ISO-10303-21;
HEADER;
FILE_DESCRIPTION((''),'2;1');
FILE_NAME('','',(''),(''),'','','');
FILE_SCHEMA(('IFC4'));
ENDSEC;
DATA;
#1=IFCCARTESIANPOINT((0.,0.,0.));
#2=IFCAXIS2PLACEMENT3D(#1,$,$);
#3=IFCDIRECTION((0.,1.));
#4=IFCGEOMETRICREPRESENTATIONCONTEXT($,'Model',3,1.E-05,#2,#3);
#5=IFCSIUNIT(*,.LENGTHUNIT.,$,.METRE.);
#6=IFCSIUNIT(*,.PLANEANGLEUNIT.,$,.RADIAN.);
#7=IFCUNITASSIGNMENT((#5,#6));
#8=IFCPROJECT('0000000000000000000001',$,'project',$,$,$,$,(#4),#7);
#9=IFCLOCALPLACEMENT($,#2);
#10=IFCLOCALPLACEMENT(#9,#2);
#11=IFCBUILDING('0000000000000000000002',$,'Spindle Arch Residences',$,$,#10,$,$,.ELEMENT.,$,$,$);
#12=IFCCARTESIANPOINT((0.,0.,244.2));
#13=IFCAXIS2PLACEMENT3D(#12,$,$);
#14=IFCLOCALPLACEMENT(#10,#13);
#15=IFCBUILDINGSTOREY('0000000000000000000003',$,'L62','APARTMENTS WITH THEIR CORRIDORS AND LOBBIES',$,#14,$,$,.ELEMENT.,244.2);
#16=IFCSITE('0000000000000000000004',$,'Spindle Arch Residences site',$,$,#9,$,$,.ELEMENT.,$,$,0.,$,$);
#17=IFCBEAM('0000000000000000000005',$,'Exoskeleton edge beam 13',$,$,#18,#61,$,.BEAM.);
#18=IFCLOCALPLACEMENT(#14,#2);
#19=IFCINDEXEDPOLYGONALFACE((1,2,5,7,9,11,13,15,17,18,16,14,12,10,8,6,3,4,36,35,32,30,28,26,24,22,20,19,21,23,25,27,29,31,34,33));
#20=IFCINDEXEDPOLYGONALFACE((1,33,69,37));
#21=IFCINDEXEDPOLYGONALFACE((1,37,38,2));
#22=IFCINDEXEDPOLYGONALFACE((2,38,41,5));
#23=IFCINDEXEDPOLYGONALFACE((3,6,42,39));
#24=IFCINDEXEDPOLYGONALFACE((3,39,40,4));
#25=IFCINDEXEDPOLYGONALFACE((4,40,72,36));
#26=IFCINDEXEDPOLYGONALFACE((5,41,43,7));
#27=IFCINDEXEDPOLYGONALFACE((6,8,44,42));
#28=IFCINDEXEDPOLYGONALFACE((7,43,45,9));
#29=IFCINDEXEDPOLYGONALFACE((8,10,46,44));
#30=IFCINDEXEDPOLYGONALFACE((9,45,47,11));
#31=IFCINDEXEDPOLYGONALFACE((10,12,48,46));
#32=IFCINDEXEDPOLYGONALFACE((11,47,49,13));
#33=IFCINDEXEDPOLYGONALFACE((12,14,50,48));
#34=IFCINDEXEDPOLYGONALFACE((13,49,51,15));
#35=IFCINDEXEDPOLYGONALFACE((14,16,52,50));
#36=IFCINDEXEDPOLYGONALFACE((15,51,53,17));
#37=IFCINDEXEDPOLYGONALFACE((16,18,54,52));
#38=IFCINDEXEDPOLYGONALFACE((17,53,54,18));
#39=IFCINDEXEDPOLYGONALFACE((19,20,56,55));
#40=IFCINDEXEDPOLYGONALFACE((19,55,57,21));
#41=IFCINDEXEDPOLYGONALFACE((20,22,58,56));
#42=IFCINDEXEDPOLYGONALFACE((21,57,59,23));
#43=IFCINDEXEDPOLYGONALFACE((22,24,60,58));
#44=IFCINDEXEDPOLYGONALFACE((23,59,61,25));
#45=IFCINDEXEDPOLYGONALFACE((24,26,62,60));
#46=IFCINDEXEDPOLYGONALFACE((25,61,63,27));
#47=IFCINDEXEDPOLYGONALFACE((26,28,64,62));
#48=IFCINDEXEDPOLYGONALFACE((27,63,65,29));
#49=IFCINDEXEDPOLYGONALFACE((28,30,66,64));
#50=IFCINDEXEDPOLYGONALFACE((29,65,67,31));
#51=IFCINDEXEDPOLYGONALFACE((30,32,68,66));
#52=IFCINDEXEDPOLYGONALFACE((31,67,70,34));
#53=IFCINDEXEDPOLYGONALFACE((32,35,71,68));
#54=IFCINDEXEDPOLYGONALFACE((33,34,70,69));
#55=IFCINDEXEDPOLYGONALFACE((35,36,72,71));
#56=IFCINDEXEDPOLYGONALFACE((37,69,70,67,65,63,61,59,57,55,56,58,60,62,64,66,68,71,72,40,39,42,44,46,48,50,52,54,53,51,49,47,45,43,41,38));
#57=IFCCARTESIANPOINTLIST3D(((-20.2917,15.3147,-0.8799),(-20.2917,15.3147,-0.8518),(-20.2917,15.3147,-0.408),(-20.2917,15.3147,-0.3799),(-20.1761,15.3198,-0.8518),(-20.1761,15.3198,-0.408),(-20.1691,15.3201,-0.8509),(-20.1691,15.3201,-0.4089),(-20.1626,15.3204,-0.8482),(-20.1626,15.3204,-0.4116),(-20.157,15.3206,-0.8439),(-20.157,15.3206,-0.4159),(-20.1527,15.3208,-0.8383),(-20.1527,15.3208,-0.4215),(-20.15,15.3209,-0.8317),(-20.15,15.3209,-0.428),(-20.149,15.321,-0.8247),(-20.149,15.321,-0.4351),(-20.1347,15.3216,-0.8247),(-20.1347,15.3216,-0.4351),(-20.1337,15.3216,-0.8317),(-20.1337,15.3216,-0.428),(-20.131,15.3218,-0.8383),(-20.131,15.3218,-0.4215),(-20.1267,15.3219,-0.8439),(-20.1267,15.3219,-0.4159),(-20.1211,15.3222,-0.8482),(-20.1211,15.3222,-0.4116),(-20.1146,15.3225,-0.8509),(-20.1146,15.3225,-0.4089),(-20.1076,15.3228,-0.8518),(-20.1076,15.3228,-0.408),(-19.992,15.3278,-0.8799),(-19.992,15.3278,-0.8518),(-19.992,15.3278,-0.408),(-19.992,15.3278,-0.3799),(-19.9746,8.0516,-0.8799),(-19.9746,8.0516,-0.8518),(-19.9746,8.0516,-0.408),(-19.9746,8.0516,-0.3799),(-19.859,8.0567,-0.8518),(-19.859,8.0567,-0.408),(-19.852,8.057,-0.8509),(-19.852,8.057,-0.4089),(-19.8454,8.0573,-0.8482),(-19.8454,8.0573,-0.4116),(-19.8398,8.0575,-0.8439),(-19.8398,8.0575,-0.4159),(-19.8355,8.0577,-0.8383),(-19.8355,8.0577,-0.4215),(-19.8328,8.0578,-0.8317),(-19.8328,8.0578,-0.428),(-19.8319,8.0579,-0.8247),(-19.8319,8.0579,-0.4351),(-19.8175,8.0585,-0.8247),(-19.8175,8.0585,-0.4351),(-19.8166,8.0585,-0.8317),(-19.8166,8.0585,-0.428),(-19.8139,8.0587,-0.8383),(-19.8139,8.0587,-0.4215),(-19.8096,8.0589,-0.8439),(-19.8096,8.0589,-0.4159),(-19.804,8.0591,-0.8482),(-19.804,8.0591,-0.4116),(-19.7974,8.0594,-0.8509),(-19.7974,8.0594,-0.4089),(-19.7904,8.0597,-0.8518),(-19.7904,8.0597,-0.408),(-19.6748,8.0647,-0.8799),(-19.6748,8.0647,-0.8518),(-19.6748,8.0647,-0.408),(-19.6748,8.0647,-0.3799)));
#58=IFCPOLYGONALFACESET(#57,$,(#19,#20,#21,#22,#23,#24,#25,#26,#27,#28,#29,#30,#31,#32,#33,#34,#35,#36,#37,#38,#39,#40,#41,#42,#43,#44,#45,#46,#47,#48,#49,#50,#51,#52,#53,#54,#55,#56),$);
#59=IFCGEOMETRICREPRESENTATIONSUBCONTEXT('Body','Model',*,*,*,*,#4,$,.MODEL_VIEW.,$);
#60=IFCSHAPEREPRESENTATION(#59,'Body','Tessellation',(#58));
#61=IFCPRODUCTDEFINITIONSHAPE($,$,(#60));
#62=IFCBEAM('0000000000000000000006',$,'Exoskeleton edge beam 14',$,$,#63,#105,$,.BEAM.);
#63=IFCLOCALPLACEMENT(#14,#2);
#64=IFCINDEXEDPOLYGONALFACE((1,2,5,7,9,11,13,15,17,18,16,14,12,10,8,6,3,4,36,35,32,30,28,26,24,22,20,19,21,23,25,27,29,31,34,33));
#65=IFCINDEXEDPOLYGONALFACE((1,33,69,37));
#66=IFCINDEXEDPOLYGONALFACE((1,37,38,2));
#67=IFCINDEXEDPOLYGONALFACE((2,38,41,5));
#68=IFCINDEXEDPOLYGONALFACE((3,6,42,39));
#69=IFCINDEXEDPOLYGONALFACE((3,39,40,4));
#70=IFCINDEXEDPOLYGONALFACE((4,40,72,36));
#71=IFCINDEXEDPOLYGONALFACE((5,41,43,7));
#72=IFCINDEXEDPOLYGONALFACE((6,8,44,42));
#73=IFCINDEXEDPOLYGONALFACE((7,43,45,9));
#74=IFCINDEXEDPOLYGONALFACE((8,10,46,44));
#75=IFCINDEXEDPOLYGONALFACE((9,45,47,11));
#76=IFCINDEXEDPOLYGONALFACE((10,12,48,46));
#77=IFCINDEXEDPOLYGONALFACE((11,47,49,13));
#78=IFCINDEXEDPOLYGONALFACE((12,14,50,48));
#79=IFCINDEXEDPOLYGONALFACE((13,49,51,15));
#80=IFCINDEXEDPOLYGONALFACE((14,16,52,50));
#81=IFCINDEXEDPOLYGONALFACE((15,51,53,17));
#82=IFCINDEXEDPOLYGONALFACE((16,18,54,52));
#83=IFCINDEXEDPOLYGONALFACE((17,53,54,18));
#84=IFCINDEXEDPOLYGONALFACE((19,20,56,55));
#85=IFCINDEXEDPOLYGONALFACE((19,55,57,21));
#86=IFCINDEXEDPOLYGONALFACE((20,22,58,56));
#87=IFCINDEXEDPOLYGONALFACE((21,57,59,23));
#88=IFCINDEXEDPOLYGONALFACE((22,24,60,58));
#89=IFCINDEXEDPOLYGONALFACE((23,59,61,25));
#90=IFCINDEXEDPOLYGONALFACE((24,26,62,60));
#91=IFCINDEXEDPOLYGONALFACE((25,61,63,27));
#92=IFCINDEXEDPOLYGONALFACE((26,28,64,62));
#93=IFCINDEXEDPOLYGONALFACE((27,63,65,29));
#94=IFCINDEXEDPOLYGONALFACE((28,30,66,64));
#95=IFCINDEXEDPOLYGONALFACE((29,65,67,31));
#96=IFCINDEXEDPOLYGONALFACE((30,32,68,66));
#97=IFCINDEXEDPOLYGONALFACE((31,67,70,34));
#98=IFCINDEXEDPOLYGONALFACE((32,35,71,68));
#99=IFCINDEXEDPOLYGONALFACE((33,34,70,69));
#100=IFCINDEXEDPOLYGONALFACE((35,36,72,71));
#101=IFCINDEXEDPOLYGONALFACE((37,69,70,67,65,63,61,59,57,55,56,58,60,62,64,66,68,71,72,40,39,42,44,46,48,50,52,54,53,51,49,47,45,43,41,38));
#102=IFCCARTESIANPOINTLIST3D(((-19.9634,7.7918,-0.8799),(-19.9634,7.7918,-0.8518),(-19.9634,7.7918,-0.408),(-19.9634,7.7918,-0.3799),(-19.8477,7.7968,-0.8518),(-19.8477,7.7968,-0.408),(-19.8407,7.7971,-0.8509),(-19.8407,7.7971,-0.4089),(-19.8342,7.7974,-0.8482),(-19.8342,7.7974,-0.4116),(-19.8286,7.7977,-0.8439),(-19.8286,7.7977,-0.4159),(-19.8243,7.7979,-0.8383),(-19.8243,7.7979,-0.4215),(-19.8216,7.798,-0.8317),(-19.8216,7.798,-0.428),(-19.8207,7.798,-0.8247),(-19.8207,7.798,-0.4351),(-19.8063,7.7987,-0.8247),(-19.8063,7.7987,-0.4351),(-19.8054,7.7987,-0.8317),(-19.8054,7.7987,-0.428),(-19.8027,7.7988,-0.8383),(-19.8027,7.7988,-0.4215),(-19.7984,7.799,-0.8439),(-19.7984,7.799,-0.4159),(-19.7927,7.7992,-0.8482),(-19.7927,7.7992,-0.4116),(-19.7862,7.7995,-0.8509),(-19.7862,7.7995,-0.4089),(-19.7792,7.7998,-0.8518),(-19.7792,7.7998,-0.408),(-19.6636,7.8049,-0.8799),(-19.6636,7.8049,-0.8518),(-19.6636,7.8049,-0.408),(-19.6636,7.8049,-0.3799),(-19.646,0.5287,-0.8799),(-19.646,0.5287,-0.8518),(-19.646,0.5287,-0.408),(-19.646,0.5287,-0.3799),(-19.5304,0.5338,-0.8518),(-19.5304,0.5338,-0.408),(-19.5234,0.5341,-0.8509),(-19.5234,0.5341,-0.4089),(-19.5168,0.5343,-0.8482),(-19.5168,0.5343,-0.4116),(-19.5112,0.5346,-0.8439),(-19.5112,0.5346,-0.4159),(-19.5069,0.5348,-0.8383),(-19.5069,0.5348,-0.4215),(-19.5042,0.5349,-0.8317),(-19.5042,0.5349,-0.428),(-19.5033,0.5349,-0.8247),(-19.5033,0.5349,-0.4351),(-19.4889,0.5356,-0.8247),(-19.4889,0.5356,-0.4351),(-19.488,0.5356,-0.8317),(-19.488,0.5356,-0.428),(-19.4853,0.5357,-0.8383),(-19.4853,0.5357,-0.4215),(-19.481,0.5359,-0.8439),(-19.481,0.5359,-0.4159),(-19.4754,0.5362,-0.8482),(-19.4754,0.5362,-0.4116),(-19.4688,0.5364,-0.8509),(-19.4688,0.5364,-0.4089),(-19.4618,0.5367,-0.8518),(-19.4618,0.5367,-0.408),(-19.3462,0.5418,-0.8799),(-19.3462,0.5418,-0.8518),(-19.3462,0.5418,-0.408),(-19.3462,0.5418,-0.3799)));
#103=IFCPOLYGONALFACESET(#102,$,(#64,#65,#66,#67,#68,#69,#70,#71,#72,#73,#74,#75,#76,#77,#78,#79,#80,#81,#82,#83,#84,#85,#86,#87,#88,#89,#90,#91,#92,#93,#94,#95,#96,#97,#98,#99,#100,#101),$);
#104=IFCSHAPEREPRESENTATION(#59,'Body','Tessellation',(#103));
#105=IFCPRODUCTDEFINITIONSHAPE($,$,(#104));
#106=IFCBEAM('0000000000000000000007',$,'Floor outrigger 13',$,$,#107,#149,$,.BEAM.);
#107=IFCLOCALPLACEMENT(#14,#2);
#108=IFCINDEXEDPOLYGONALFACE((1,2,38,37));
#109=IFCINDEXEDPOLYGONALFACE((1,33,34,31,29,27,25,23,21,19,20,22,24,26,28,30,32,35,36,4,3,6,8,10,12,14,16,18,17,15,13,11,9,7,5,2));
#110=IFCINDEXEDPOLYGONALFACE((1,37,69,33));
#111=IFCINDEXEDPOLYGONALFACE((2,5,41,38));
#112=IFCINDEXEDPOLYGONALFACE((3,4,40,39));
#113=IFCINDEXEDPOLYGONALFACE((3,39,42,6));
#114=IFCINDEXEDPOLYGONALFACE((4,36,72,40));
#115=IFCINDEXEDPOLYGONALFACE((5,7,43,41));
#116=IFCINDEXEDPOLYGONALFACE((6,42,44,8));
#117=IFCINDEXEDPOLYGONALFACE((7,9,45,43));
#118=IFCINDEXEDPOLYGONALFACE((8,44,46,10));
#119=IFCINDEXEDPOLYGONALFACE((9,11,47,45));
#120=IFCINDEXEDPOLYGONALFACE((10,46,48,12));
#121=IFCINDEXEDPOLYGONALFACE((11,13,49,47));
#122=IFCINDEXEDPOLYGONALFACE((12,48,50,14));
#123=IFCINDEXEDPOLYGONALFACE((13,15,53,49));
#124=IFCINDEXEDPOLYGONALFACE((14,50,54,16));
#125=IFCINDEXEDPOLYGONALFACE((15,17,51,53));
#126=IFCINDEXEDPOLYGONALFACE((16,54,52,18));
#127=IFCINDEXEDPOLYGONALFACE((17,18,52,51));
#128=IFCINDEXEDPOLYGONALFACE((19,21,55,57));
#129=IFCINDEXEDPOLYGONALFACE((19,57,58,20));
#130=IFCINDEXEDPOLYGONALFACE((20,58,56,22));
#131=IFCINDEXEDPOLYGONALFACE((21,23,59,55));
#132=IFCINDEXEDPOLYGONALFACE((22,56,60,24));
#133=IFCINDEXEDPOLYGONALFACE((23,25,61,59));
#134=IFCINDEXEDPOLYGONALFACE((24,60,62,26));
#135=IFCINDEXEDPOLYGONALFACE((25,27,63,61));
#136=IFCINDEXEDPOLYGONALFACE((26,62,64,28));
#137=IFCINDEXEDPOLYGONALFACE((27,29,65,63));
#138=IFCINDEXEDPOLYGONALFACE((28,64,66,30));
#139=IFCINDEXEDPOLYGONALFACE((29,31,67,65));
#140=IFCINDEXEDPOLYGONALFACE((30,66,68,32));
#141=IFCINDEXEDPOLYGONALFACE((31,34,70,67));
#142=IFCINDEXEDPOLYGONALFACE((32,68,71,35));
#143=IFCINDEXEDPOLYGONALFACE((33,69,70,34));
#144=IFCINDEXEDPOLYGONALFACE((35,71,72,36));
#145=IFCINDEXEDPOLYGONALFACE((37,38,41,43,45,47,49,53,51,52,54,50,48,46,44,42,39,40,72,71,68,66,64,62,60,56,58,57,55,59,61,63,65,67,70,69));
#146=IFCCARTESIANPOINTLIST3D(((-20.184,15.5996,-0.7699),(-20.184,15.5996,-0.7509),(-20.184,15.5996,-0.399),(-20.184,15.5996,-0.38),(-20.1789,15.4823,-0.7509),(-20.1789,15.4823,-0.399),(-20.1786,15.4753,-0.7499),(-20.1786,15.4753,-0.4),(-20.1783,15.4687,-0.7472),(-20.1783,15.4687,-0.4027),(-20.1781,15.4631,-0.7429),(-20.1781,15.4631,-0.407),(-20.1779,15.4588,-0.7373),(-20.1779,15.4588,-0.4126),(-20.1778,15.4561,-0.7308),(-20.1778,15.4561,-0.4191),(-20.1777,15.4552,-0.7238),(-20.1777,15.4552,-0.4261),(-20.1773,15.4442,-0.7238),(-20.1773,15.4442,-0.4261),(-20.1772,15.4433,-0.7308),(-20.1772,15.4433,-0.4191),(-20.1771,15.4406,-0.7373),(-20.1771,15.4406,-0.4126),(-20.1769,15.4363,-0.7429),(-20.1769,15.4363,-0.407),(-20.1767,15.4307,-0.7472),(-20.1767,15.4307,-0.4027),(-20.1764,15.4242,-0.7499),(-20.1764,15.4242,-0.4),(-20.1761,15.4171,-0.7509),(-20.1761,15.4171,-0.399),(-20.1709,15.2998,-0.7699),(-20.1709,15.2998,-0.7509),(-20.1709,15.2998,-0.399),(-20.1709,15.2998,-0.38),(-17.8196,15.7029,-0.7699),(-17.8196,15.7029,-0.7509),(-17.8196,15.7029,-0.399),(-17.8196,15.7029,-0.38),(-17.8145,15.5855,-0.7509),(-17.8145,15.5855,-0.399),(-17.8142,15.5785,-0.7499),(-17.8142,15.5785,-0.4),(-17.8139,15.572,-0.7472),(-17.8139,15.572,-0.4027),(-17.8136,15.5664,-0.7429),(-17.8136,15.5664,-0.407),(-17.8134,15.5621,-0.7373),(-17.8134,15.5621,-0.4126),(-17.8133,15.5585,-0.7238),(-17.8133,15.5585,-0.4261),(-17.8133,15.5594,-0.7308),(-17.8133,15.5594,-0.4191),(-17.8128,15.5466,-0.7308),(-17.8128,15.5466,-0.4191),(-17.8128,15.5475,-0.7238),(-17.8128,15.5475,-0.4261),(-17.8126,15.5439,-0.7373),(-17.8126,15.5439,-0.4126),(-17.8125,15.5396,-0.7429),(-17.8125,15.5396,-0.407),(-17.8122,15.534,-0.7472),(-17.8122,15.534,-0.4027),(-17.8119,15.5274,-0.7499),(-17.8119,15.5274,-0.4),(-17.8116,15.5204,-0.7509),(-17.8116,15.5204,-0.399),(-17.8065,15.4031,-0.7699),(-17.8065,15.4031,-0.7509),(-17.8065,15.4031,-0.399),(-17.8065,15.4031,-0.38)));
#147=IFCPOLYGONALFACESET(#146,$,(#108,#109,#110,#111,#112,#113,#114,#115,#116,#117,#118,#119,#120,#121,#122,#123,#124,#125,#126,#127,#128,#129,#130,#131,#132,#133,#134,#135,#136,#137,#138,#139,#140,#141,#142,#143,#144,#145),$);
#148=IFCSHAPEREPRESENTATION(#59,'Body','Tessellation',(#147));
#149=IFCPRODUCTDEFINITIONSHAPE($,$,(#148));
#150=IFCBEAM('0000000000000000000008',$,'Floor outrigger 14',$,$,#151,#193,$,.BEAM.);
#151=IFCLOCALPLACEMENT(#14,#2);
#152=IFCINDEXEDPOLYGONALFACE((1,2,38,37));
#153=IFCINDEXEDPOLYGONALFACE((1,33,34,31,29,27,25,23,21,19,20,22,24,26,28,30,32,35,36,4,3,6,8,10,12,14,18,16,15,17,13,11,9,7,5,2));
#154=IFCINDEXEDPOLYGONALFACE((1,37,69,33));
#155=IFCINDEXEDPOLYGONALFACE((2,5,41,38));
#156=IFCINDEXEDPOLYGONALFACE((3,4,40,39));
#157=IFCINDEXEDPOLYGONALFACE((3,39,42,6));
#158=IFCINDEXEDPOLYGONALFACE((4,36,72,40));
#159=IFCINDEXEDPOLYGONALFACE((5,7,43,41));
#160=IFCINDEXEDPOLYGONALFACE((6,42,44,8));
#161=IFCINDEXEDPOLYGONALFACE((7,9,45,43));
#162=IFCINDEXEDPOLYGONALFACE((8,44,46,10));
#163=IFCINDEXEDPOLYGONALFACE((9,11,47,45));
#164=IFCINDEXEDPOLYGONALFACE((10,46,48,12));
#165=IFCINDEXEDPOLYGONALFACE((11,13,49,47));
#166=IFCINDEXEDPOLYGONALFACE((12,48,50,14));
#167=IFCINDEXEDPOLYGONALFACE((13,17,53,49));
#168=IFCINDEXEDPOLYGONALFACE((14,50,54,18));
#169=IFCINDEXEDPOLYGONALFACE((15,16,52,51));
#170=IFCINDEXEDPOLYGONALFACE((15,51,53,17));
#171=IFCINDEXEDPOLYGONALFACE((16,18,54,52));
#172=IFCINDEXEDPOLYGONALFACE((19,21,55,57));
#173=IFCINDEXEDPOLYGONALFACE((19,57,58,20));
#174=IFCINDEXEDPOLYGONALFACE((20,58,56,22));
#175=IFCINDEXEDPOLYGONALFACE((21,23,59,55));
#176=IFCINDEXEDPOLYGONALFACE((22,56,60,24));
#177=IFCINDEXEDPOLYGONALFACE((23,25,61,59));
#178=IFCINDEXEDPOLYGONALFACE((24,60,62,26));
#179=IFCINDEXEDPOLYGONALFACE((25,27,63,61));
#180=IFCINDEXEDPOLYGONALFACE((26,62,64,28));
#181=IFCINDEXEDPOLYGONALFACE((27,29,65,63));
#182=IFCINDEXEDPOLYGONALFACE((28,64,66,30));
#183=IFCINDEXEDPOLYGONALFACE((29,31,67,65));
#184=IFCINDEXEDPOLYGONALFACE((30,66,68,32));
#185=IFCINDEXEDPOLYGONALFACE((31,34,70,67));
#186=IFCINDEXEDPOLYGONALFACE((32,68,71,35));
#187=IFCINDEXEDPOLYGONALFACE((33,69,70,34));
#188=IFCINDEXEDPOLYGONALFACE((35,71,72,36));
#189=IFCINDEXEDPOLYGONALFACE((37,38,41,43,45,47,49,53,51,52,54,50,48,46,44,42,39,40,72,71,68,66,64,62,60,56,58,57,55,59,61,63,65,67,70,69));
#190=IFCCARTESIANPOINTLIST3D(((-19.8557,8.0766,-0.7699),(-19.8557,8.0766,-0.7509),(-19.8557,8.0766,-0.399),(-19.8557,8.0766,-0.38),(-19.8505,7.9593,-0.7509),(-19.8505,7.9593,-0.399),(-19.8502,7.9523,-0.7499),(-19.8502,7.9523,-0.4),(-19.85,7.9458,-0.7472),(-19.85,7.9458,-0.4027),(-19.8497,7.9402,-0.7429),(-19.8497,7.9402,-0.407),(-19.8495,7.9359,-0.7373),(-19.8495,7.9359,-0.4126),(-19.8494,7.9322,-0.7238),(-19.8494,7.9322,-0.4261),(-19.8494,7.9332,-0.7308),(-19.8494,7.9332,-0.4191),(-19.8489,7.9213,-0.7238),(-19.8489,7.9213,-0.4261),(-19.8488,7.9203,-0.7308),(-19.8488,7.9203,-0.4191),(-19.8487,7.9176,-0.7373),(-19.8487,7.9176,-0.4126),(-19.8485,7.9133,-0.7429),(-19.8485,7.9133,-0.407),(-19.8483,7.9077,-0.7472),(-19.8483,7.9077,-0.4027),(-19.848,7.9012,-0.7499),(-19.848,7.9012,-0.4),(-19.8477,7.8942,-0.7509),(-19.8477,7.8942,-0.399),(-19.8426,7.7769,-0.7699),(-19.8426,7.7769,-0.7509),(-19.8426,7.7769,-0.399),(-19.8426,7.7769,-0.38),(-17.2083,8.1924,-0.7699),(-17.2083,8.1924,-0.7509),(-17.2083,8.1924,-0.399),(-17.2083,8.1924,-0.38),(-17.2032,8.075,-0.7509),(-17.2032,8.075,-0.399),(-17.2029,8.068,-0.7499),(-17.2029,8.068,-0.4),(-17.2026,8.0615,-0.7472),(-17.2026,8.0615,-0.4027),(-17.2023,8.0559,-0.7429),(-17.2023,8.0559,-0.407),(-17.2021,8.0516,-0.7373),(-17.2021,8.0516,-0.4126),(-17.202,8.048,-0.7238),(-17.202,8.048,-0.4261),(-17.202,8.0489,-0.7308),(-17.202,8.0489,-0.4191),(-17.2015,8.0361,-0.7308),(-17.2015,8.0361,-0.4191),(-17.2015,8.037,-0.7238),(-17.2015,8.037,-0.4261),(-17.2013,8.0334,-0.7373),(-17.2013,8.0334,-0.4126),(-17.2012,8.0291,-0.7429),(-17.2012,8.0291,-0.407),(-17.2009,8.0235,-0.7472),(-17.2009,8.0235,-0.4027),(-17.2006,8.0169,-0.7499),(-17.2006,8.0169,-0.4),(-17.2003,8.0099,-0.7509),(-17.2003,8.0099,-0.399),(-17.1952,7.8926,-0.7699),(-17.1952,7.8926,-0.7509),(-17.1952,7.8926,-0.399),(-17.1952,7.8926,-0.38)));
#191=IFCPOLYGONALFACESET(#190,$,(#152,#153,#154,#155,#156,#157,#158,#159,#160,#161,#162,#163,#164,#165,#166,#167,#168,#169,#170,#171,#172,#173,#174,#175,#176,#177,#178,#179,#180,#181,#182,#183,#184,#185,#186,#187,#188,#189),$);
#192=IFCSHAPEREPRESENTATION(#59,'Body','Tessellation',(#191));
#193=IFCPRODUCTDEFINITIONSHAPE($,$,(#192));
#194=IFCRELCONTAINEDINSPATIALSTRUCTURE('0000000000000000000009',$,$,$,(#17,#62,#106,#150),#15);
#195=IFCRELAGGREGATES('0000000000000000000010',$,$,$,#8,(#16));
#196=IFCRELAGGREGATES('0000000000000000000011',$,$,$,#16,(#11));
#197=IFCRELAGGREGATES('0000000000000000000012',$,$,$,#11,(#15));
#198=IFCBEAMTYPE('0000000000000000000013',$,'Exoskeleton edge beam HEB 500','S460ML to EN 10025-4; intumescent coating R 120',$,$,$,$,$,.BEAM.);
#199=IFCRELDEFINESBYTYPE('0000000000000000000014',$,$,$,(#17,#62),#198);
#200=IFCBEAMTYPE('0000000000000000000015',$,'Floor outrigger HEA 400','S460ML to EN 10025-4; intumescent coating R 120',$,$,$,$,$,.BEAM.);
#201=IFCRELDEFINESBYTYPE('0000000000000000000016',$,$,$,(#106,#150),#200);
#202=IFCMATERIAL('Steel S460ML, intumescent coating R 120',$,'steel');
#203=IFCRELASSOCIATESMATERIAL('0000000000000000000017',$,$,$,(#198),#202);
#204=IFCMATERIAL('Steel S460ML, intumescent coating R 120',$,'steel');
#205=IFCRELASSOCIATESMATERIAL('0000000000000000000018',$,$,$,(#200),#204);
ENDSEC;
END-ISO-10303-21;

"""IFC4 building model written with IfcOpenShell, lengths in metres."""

from ifc_helpers import new_model, si_unit, direction, frame, origin, origin_2d, place, context, subcontext, project, spatial, i_section, extrude, material, material_profile, profile_set, type_object, element, save


model = new_model("IFC4")

# Units and contexts
model_context = context("Model", 3, precision=1e-05, world=origin(), true_north=direction((0.0, 1.0)))
body_context = subcontext(model_context, "Body", "Model", "MODEL_VIEW")
ifc_project = project(units=[si_unit("LENGTHUNIT", "METRE"), si_unit("PLANEANGLEUNIT", "RADIAN")], contexts=[model_context])

# Site, building, storey
site_placement = place(None, origin())
site = spatial("IfcSite", under=ifc_project, at=site_placement, Name="Spindle Arch Residences site", CompositionType="ELEMENT", RefElevation=0.0)
building_placement = place(site_placement, origin())
building = spatial("IfcBuilding", under=site, at=building_placement, Name="Spindle Arch Residences", CompositionType="ELEMENT")
storey_placement = place(building_placement, frame((0.0, 0.0, 244.2)))
storey = spatial("IfcBuildingStorey", under=building, at=storey_placement, Name="L62", Description="APARTMENTS WITH THEIR CORRIDORS AND LOBBIES", CompositionType="ELEMENT", Elevation=244.2)

# Beams
ifc_material_1 = material(Name="Steel S460ML, intumescent coating R 120", Category="steel")
ifc_material_profile_1 = material_profile(ifc_material_1, i_section(OverallWidth=0.3, OverallDepth=0.5, WebThickness=0.0144, FlangeThickness=0.0281, FilletRadius=0.0271, at=origin_2d()), Name="HEB 500")
ifc_profile_set_1 = profile_set([ifc_material_profile_1], Name="Steel S460ML, intumescent coating R 120")
beam_type_1 = type_object("IfcBeamType", Name="Exoskeleton edge beam HEB 500", Description="S460ML to EN 10025-4; intumescent coating R 120", PredefinedType="BEAM", material=ifc_profile_set_1)
for number, where, z_axis, x_axis, name in (
    (1, (-20.1418, 15.3213, -0.6299), (0.043622, -0.999048, 0.0), (0.999048, 0.043622, 0.0), "Exoskeleton edge beam 13"),
    (2, (-19.8135, 7.7983, -0.6299), (0.043656, -0.999047, 0.0), (0.999047, 0.043656, 0.0), "Exoskeleton edge beam 14"),
):
    element("IfcBeam", number, at=place(storey_placement, frame(where, z_axis=z_axis, x_axis=x_axis)), inside=storey, type_object=beam_type_1, Name=name, PredefinedType="BEAM", context=body_context, shape_type="SweptSolid", body=[
        extrude(i_section(OverallWidth=0.3, OverallDepth=0.5, WebThickness=0.0144, FlangeThickness=0.0281, FilletRadius=0.0271, at=origin_2d()), origin(), (0.0, 0.0, 1.0), 7.27),
    ])
ifc_material_2 = material(Name="Steel S460ML, intumescent coating R 120", Category="steel")
ifc_material_profile_2 = material_profile(ifc_material_2, i_section(OverallWidth=0.3, OverallDepth=0.3899, WebThickness=0.011, FlangeThickness=0.019, FilletRadius=0.0271, at=origin_2d()), Name="HEA 400")
ifc_profile_set_2 = profile_set([ifc_material_profile_2], Name="Steel S460ML, intumescent coating R 120")
beam_type_2 = type_object("IfcBeamType", Name="Floor outrigger HEA 400", Description="S460ML to EN 10025-4; intumescent coating R 120", PredefinedType="BEAM", material=ifc_profile_set_2)
beam_placement = place(storey_placement, frame((-20.1775, 15.4497, -0.575), z_axis=(0.999048, 0.043634, 0.0), x_axis=(-0.043634, 0.999048, 0.0)))
element("IfcBeam", 3, at=beam_placement, inside=storey, type_object=beam_type_2, Name="Floor outrigger 13", PredefinedType="BEAM", context=body_context, shape_type="SweptSolid", body=[
    extrude(i_section(OverallWidth=0.3, OverallDepth=0.3899, WebThickness=0.011, FlangeThickness=0.019, FilletRadius=0.0271, at=origin_2d()), origin(), (0.0, 0.0, 1.0), 2.3667),
])
for number, where, z_axis, x_axis, name in (
    (4, (-19.8491, 7.9268, -0.575), (0.999046, 0.043669, 0.0), (-0.043669, 0.999046, 0.0), "Floor outrigger 14"),
):
    element("IfcBeam", number, at=place(storey_placement, frame(where, z_axis=z_axis, x_axis=x_axis)), inside=storey, type_object=beam_type_2, Name=name, PredefinedType="BEAM", context=body_context, shape_type="SweptSolid", body=[
        extrude(i_section(OverallWidth=0.3, OverallDepth=0.3899, WebThickness=0.011, FlangeThickness=0.019, FilletRadius=0.0271, at=origin_2d()), origin(), (0.0, 0.0, 1.0), 2.6499),
    ])

save(model, "model.ifc")
